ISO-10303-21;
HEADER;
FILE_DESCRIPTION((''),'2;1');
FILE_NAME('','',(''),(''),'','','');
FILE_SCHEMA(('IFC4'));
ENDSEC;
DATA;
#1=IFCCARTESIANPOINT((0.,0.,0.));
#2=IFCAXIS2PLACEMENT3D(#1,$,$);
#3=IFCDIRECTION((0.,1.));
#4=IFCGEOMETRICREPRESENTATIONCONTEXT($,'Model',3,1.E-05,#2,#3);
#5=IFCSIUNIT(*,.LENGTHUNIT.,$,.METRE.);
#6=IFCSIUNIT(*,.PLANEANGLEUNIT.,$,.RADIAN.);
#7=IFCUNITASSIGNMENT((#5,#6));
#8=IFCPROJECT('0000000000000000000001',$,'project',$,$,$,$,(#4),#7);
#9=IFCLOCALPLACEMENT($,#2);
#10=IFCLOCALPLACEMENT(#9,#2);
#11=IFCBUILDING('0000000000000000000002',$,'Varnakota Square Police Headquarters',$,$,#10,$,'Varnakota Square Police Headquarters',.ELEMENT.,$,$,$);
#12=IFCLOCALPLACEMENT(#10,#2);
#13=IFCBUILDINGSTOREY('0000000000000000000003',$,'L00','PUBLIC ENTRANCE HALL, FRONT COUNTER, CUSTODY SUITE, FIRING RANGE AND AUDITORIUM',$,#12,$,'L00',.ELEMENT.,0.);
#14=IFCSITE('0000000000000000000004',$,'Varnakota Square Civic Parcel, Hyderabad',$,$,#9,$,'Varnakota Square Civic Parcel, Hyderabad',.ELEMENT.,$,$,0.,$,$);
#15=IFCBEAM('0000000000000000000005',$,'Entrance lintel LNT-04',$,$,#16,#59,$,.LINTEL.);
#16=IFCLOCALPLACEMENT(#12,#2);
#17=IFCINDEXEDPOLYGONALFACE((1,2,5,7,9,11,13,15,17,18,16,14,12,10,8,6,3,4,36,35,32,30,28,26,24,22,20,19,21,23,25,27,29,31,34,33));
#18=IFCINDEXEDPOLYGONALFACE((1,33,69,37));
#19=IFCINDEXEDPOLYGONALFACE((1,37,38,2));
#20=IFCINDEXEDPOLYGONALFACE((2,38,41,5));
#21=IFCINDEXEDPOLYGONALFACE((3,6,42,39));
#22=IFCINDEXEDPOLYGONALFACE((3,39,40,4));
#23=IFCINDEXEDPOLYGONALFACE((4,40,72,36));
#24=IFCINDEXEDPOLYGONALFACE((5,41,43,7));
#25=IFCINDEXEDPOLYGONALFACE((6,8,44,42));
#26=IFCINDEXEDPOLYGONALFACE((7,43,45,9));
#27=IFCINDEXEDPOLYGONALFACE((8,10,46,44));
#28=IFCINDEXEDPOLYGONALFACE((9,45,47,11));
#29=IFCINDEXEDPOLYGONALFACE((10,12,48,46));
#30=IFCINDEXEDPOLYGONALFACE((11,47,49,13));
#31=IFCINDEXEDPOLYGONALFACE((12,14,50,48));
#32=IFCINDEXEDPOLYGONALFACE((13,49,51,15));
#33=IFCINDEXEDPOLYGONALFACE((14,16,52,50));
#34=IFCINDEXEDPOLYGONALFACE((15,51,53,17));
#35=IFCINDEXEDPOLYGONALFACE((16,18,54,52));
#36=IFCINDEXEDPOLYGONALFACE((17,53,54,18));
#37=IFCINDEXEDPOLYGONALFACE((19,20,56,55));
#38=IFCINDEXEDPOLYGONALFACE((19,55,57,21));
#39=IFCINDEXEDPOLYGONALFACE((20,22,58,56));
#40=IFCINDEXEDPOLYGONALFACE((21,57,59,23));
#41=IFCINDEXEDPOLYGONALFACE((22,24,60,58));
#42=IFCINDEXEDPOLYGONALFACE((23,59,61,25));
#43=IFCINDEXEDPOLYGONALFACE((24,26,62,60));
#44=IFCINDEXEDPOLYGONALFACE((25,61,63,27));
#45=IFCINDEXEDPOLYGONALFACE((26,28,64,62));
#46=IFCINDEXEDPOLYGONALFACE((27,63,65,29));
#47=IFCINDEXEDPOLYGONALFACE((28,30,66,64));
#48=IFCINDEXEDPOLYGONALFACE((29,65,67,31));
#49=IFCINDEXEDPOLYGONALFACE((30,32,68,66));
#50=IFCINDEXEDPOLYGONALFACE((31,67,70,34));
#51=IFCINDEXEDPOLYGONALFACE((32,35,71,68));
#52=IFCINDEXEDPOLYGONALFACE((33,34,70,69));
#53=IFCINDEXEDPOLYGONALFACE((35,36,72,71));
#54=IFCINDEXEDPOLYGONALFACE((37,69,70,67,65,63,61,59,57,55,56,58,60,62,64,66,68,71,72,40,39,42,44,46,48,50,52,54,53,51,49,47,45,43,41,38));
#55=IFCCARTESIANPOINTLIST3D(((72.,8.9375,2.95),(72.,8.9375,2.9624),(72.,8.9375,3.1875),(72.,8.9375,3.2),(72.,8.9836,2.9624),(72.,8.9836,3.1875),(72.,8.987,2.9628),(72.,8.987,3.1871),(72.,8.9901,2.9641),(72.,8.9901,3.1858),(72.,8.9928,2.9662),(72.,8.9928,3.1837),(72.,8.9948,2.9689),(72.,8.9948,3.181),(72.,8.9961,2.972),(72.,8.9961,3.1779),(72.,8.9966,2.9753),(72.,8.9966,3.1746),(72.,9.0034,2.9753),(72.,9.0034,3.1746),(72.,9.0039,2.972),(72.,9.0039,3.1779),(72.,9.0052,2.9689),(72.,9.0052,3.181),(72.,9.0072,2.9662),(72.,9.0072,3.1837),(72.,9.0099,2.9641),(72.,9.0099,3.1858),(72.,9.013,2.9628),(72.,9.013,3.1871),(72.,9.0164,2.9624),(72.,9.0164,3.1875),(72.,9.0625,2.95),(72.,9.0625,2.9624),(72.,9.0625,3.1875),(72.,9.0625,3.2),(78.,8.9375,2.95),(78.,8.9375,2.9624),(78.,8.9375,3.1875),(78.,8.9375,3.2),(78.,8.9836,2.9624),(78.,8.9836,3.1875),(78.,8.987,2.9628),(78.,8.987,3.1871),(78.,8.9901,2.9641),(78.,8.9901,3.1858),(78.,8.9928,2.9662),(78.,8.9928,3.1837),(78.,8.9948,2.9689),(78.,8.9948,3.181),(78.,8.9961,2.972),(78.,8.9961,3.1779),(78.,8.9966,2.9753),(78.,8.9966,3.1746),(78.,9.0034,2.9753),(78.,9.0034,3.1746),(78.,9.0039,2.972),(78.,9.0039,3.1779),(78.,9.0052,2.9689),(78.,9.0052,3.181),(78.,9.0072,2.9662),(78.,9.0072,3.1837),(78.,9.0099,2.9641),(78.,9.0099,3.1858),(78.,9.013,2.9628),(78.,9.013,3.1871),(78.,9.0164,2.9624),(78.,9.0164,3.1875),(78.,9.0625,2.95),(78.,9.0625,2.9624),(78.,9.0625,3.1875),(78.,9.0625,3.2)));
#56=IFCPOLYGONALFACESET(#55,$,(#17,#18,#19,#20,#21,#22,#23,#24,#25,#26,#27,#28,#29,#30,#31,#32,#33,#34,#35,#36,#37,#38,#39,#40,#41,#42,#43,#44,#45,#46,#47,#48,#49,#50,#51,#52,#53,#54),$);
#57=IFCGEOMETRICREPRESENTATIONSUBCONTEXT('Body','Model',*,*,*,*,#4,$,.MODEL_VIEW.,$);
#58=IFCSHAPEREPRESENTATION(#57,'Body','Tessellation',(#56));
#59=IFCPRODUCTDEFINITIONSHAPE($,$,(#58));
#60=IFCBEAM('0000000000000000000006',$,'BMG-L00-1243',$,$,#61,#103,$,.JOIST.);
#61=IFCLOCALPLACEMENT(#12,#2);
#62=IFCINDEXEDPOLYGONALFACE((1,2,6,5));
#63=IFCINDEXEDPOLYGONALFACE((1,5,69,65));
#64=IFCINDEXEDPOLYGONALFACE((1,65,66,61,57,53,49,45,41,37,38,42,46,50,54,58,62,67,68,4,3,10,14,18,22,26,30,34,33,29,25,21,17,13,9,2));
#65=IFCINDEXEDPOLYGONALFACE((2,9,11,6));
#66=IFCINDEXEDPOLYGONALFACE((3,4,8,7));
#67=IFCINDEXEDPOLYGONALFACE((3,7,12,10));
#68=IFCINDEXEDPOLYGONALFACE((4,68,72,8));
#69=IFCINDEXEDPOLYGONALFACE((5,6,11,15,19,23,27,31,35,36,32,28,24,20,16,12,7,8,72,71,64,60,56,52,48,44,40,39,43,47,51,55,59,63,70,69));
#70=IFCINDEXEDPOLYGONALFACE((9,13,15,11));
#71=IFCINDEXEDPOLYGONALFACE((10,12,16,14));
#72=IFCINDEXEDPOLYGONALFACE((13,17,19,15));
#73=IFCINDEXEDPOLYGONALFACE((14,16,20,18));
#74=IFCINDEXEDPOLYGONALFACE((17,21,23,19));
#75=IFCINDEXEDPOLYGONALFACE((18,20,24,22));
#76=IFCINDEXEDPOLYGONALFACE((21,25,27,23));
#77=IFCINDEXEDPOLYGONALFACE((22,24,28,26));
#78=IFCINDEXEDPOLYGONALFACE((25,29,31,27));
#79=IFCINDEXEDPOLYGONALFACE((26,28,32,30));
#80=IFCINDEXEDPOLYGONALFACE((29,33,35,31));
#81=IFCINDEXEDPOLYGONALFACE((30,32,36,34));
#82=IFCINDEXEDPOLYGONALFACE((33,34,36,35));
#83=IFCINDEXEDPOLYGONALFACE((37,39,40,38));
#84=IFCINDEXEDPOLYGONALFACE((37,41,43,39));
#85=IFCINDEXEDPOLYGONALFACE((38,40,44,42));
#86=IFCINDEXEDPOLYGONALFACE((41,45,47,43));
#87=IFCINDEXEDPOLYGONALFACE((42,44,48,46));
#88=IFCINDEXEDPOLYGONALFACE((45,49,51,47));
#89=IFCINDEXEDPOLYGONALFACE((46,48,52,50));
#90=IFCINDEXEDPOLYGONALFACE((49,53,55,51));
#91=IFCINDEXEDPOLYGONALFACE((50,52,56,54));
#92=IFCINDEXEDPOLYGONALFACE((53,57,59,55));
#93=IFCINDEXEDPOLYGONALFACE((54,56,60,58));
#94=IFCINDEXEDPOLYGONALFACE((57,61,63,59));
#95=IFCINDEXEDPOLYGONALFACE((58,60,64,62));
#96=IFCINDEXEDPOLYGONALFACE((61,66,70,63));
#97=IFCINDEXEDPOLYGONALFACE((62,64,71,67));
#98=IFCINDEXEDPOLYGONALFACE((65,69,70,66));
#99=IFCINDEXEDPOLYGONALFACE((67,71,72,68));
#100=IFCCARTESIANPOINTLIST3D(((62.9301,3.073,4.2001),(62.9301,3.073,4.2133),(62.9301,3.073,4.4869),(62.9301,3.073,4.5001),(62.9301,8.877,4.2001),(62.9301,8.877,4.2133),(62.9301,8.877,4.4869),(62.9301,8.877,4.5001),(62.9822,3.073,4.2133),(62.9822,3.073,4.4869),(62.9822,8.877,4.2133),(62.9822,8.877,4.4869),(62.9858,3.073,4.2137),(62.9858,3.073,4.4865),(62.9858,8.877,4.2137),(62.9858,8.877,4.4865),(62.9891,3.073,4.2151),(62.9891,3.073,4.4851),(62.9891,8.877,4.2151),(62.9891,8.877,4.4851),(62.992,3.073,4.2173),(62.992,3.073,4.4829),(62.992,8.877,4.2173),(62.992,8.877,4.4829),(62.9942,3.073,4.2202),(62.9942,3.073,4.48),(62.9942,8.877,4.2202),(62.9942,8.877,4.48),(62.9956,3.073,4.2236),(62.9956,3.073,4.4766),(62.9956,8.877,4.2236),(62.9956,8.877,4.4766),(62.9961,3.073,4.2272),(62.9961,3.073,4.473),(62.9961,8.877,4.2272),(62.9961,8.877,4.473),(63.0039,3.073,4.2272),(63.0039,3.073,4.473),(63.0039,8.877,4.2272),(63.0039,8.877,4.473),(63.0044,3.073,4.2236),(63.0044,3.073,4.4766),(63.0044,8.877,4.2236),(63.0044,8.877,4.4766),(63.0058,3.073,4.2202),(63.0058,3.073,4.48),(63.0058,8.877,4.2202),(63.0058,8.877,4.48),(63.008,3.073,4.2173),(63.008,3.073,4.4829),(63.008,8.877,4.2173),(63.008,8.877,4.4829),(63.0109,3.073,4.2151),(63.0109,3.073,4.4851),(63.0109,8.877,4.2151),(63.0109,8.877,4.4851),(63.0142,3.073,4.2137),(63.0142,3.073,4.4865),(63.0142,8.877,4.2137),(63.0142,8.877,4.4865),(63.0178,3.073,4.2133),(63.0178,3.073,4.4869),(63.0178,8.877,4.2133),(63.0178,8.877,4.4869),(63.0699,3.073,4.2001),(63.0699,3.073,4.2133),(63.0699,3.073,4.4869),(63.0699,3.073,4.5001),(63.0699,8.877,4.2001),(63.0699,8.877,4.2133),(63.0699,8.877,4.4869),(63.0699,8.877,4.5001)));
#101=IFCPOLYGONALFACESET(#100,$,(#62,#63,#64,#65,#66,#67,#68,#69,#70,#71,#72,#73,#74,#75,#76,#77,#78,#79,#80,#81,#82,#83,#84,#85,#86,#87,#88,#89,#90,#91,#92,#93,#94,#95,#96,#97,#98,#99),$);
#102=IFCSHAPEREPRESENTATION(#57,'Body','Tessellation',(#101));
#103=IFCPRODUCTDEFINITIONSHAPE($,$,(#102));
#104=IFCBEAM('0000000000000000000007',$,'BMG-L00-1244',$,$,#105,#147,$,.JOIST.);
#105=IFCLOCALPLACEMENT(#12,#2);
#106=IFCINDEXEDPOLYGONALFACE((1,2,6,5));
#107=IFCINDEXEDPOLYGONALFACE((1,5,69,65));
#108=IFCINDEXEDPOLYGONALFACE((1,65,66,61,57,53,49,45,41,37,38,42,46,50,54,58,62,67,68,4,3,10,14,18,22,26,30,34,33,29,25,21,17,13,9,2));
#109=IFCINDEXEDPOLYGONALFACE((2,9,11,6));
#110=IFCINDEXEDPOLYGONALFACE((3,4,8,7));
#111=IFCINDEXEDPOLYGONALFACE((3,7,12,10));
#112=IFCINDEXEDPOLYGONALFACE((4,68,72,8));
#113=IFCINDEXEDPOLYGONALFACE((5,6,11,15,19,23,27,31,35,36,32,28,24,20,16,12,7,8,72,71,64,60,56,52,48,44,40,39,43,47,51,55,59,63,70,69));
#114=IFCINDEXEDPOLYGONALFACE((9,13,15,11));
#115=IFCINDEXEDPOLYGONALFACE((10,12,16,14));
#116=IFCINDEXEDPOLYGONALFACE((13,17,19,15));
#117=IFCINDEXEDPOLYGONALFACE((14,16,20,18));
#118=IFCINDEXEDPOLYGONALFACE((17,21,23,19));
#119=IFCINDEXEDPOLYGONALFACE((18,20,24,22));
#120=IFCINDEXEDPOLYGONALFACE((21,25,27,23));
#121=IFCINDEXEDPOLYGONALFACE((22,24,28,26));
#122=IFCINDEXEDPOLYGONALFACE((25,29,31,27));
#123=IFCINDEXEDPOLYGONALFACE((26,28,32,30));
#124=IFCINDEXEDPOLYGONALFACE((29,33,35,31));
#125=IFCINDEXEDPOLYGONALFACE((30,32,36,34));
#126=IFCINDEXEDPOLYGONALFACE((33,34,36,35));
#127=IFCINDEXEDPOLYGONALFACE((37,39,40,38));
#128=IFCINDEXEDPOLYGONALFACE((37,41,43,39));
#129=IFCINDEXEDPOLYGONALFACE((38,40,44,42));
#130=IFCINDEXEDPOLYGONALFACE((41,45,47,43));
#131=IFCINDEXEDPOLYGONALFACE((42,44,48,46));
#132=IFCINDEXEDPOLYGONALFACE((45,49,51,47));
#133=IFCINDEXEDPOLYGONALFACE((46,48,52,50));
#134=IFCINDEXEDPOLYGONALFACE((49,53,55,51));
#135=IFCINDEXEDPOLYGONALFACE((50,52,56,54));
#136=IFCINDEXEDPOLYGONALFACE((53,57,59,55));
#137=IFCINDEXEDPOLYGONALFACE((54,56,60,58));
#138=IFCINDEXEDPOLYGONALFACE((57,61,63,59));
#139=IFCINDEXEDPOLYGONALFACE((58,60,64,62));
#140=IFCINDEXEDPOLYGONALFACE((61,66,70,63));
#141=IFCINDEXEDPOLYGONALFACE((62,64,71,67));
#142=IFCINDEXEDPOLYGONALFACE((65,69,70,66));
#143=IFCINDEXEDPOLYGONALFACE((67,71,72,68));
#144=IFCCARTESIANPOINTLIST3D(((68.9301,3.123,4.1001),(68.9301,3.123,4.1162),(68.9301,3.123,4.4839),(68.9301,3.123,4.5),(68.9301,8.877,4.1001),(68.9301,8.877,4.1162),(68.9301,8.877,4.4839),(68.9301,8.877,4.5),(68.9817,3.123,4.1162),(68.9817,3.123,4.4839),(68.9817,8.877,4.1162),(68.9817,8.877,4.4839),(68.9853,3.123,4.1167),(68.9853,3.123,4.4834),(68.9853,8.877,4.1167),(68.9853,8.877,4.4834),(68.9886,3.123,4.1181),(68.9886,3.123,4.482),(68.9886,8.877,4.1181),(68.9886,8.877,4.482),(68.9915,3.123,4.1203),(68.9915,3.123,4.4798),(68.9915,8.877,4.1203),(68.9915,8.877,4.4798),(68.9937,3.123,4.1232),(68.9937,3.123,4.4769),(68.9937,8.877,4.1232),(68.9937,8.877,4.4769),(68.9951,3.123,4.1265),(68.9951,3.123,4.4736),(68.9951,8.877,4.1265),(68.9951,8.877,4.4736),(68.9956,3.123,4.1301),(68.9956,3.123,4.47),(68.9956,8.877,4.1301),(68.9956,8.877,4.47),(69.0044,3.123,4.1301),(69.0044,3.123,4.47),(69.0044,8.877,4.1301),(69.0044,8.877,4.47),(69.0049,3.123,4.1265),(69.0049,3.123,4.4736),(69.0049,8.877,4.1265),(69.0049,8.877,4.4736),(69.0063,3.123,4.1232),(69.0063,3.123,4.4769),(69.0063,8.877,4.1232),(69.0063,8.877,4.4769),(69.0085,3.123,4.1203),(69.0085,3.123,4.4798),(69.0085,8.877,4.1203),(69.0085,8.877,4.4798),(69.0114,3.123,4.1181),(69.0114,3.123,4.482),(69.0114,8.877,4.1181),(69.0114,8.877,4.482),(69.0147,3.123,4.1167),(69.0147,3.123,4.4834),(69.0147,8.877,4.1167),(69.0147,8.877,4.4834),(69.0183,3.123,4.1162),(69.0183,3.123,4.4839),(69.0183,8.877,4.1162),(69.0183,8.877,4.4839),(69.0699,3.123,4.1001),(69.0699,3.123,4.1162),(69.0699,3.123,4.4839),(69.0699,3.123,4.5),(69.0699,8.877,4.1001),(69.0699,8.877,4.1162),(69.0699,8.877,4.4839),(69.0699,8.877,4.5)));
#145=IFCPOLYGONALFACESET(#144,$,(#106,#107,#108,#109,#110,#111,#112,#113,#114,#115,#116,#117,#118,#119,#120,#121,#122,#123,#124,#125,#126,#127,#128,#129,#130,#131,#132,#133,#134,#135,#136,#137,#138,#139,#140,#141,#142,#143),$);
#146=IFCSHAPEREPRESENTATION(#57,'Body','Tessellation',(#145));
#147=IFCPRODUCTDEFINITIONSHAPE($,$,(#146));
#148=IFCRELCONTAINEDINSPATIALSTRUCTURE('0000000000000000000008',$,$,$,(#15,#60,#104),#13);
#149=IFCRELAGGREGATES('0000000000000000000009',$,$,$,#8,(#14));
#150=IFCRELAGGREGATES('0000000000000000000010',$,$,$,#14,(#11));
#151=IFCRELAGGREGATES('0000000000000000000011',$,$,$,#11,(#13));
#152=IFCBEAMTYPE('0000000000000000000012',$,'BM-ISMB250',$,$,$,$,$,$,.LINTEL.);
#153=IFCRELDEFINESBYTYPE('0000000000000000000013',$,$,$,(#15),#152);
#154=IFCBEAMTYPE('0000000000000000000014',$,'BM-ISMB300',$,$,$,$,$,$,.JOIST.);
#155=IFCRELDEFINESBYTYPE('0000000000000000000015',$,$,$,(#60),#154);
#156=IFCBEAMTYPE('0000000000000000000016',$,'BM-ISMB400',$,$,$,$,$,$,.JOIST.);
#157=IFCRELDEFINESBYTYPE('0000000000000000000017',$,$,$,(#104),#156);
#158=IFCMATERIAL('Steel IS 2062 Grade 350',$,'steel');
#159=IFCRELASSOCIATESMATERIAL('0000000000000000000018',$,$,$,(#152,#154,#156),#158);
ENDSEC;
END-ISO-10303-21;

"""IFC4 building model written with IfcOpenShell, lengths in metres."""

from ifc_helpers import new_model, si_unit, direction, frame, origin, origin_2d, place, context, subcontext, project, spatial, i_section, extrude, material, material_profile, profile_set, type_object, element, save


model = new_model("IFC4")

# Units and contexts
model_context = context("Model", 3, precision=1e-05, world=origin(), true_north=direction((0.0, 1.0)))
body_context = subcontext(model_context, "Body", "Model", "MODEL_VIEW")
ifc_project = project(units=[si_unit("LENGTHUNIT", "METRE"), si_unit("PLANEANGLEUNIT", "RADIAN")], contexts=[model_context])

# Site, building, storey
site_placement = place(None, origin())
site = spatial("IfcSite", under=ifc_project, at=site_placement, Name="Varnakota Square Civic Parcel, Hyderabad", LongName="Varnakota Square Civic Parcel, Hyderabad", CompositionType="ELEMENT", RefElevation=0.0)
building_placement = place(site_placement, origin())
building = spatial("IfcBuilding", under=site, at=building_placement, Name="Varnakota Square Police Headquarters", LongName="Varnakota Square Police Headquarters", CompositionType="ELEMENT")
storey_placement = place(building_placement, origin())
storey = spatial("IfcBuildingStorey", under=building, at=storey_placement, Name="L00", Description="PUBLIC ENTRANCE HALL, FRONT COUNTER, CUSTODY SUITE, FIRING RANGE AND AUDITORIUM", LongName="L00", CompositionType="ELEMENT", Elevation=0.0)

# Beams
ifc_material_1 = material(Name="Steel IS 2062 Grade 350", Category="steel")
ifc_material_profile_1 = material_profile(ifc_material_1, i_section(OverallWidth=0.125, OverallDepth=0.25, WebThickness=0.0068, FlangeThickness=0.0125, FilletRadius=0.0129, at=origin_2d()), Name="ISMB 250")
ifc_profile_set_1 = profile_set([ifc_material_profile_1], Name="Steel IS 2062 Grade 350")
beam_type_1 = type_object("IfcBeamType", Name="BM-ISMB250", PredefinedType="LINTEL", material=ifc_profile_set_1)
beam_1_placement = place(storey_placement, frame((72.0, 9.0, 3.075), z_axis=(1.0, 0.0, 0.0), x_axis=(0.0, 1.0, 0.0)))
element("IfcBeam", 1, at=beam_1_placement, inside=storey, type_object=beam_type_1, Name="Entrance lintel LNT-04", PredefinedType="LINTEL", context=body_context, shape_type="SweptSolid", body=[
    extrude(i_section(OverallWidth=0.125, OverallDepth=0.25, WebThickness=0.0068, FlangeThickness=0.0125, FilletRadius=0.0129, at=origin_2d()), origin(), (0.0, 0.0, 1.0), 6.0),
])
ifc_material_profile_2 = material_profile(ifc_material_1, i_section(OverallWidth=0.1399, OverallDepth=0.3, WebThickness=0.0078, FlangeThickness=0.0132, FilletRadius=0.0139, at=origin_2d()), Name="ISMB 300")
ifc_profile_set_2 = profile_set([ifc_material_profile_2], Name="Steel IS 2062 Grade 350")
beam_type_2 = type_object("IfcBeamType", Name="BM-ISMB300", PredefinedType="JOIST", material=ifc_profile_set_2)
beam_2_placement = place(storey_placement, frame((63.0, 3.073, 4.3501), z_axis=(0.0, 1.0, 0.0), x_axis=(-1.0, 0.0, 0.0)))
element("IfcBeam", 2, at=beam_2_placement, inside=storey, type_object=beam_type_2, Name="BMG-L00-1243", PredefinedType="JOIST", context=body_context, shape_type="SweptSolid", body=[
    extrude(i_section(OverallWidth=0.1399, OverallDepth=0.3, WebThickness=0.0078, FlangeThickness=0.0132, FilletRadius=0.0139, at=origin_2d()), origin(), (0.0, 0.0, 1.0), 5.804),
])
ifc_material_profile_3 = material_profile(ifc_material_1, i_section(OverallWidth=0.1399, OverallDepth=0.3999, WebThickness=0.0088, FlangeThickness=0.0161, FilletRadius=0.0139, at=origin_2d()), Name="ISMB 400")
ifc_profile_set_3 = profile_set([ifc_material_profile_3], Name="Steel IS 2062 Grade 350")
beam_type_3 = type_object("IfcBeamType", Name="BM-ISMB400", PredefinedType="JOIST", material=ifc_profile_set_3)
beam_3_placement = place(storey_placement, frame((69.0, 3.123, 4.3), z_axis=(0.0, 1.0, 0.0), x_axis=(-1.0, 0.0, 0.0)))
element("IfcBeam", 3, at=beam_3_placement, inside=storey, type_object=beam_type_3, Name="BMG-L00-1244", PredefinedType="JOIST", context=body_context, shape_type="SweptSolid", body=[
    extrude(i_section(OverallWidth=0.1399, OverallDepth=0.3999, WebThickness=0.0088, FlangeThickness=0.0161, FilletRadius=0.0139, at=origin_2d()), origin(), (0.0, 0.0, 1.0), 5.7539),
])

save(model, "model.ifc")
